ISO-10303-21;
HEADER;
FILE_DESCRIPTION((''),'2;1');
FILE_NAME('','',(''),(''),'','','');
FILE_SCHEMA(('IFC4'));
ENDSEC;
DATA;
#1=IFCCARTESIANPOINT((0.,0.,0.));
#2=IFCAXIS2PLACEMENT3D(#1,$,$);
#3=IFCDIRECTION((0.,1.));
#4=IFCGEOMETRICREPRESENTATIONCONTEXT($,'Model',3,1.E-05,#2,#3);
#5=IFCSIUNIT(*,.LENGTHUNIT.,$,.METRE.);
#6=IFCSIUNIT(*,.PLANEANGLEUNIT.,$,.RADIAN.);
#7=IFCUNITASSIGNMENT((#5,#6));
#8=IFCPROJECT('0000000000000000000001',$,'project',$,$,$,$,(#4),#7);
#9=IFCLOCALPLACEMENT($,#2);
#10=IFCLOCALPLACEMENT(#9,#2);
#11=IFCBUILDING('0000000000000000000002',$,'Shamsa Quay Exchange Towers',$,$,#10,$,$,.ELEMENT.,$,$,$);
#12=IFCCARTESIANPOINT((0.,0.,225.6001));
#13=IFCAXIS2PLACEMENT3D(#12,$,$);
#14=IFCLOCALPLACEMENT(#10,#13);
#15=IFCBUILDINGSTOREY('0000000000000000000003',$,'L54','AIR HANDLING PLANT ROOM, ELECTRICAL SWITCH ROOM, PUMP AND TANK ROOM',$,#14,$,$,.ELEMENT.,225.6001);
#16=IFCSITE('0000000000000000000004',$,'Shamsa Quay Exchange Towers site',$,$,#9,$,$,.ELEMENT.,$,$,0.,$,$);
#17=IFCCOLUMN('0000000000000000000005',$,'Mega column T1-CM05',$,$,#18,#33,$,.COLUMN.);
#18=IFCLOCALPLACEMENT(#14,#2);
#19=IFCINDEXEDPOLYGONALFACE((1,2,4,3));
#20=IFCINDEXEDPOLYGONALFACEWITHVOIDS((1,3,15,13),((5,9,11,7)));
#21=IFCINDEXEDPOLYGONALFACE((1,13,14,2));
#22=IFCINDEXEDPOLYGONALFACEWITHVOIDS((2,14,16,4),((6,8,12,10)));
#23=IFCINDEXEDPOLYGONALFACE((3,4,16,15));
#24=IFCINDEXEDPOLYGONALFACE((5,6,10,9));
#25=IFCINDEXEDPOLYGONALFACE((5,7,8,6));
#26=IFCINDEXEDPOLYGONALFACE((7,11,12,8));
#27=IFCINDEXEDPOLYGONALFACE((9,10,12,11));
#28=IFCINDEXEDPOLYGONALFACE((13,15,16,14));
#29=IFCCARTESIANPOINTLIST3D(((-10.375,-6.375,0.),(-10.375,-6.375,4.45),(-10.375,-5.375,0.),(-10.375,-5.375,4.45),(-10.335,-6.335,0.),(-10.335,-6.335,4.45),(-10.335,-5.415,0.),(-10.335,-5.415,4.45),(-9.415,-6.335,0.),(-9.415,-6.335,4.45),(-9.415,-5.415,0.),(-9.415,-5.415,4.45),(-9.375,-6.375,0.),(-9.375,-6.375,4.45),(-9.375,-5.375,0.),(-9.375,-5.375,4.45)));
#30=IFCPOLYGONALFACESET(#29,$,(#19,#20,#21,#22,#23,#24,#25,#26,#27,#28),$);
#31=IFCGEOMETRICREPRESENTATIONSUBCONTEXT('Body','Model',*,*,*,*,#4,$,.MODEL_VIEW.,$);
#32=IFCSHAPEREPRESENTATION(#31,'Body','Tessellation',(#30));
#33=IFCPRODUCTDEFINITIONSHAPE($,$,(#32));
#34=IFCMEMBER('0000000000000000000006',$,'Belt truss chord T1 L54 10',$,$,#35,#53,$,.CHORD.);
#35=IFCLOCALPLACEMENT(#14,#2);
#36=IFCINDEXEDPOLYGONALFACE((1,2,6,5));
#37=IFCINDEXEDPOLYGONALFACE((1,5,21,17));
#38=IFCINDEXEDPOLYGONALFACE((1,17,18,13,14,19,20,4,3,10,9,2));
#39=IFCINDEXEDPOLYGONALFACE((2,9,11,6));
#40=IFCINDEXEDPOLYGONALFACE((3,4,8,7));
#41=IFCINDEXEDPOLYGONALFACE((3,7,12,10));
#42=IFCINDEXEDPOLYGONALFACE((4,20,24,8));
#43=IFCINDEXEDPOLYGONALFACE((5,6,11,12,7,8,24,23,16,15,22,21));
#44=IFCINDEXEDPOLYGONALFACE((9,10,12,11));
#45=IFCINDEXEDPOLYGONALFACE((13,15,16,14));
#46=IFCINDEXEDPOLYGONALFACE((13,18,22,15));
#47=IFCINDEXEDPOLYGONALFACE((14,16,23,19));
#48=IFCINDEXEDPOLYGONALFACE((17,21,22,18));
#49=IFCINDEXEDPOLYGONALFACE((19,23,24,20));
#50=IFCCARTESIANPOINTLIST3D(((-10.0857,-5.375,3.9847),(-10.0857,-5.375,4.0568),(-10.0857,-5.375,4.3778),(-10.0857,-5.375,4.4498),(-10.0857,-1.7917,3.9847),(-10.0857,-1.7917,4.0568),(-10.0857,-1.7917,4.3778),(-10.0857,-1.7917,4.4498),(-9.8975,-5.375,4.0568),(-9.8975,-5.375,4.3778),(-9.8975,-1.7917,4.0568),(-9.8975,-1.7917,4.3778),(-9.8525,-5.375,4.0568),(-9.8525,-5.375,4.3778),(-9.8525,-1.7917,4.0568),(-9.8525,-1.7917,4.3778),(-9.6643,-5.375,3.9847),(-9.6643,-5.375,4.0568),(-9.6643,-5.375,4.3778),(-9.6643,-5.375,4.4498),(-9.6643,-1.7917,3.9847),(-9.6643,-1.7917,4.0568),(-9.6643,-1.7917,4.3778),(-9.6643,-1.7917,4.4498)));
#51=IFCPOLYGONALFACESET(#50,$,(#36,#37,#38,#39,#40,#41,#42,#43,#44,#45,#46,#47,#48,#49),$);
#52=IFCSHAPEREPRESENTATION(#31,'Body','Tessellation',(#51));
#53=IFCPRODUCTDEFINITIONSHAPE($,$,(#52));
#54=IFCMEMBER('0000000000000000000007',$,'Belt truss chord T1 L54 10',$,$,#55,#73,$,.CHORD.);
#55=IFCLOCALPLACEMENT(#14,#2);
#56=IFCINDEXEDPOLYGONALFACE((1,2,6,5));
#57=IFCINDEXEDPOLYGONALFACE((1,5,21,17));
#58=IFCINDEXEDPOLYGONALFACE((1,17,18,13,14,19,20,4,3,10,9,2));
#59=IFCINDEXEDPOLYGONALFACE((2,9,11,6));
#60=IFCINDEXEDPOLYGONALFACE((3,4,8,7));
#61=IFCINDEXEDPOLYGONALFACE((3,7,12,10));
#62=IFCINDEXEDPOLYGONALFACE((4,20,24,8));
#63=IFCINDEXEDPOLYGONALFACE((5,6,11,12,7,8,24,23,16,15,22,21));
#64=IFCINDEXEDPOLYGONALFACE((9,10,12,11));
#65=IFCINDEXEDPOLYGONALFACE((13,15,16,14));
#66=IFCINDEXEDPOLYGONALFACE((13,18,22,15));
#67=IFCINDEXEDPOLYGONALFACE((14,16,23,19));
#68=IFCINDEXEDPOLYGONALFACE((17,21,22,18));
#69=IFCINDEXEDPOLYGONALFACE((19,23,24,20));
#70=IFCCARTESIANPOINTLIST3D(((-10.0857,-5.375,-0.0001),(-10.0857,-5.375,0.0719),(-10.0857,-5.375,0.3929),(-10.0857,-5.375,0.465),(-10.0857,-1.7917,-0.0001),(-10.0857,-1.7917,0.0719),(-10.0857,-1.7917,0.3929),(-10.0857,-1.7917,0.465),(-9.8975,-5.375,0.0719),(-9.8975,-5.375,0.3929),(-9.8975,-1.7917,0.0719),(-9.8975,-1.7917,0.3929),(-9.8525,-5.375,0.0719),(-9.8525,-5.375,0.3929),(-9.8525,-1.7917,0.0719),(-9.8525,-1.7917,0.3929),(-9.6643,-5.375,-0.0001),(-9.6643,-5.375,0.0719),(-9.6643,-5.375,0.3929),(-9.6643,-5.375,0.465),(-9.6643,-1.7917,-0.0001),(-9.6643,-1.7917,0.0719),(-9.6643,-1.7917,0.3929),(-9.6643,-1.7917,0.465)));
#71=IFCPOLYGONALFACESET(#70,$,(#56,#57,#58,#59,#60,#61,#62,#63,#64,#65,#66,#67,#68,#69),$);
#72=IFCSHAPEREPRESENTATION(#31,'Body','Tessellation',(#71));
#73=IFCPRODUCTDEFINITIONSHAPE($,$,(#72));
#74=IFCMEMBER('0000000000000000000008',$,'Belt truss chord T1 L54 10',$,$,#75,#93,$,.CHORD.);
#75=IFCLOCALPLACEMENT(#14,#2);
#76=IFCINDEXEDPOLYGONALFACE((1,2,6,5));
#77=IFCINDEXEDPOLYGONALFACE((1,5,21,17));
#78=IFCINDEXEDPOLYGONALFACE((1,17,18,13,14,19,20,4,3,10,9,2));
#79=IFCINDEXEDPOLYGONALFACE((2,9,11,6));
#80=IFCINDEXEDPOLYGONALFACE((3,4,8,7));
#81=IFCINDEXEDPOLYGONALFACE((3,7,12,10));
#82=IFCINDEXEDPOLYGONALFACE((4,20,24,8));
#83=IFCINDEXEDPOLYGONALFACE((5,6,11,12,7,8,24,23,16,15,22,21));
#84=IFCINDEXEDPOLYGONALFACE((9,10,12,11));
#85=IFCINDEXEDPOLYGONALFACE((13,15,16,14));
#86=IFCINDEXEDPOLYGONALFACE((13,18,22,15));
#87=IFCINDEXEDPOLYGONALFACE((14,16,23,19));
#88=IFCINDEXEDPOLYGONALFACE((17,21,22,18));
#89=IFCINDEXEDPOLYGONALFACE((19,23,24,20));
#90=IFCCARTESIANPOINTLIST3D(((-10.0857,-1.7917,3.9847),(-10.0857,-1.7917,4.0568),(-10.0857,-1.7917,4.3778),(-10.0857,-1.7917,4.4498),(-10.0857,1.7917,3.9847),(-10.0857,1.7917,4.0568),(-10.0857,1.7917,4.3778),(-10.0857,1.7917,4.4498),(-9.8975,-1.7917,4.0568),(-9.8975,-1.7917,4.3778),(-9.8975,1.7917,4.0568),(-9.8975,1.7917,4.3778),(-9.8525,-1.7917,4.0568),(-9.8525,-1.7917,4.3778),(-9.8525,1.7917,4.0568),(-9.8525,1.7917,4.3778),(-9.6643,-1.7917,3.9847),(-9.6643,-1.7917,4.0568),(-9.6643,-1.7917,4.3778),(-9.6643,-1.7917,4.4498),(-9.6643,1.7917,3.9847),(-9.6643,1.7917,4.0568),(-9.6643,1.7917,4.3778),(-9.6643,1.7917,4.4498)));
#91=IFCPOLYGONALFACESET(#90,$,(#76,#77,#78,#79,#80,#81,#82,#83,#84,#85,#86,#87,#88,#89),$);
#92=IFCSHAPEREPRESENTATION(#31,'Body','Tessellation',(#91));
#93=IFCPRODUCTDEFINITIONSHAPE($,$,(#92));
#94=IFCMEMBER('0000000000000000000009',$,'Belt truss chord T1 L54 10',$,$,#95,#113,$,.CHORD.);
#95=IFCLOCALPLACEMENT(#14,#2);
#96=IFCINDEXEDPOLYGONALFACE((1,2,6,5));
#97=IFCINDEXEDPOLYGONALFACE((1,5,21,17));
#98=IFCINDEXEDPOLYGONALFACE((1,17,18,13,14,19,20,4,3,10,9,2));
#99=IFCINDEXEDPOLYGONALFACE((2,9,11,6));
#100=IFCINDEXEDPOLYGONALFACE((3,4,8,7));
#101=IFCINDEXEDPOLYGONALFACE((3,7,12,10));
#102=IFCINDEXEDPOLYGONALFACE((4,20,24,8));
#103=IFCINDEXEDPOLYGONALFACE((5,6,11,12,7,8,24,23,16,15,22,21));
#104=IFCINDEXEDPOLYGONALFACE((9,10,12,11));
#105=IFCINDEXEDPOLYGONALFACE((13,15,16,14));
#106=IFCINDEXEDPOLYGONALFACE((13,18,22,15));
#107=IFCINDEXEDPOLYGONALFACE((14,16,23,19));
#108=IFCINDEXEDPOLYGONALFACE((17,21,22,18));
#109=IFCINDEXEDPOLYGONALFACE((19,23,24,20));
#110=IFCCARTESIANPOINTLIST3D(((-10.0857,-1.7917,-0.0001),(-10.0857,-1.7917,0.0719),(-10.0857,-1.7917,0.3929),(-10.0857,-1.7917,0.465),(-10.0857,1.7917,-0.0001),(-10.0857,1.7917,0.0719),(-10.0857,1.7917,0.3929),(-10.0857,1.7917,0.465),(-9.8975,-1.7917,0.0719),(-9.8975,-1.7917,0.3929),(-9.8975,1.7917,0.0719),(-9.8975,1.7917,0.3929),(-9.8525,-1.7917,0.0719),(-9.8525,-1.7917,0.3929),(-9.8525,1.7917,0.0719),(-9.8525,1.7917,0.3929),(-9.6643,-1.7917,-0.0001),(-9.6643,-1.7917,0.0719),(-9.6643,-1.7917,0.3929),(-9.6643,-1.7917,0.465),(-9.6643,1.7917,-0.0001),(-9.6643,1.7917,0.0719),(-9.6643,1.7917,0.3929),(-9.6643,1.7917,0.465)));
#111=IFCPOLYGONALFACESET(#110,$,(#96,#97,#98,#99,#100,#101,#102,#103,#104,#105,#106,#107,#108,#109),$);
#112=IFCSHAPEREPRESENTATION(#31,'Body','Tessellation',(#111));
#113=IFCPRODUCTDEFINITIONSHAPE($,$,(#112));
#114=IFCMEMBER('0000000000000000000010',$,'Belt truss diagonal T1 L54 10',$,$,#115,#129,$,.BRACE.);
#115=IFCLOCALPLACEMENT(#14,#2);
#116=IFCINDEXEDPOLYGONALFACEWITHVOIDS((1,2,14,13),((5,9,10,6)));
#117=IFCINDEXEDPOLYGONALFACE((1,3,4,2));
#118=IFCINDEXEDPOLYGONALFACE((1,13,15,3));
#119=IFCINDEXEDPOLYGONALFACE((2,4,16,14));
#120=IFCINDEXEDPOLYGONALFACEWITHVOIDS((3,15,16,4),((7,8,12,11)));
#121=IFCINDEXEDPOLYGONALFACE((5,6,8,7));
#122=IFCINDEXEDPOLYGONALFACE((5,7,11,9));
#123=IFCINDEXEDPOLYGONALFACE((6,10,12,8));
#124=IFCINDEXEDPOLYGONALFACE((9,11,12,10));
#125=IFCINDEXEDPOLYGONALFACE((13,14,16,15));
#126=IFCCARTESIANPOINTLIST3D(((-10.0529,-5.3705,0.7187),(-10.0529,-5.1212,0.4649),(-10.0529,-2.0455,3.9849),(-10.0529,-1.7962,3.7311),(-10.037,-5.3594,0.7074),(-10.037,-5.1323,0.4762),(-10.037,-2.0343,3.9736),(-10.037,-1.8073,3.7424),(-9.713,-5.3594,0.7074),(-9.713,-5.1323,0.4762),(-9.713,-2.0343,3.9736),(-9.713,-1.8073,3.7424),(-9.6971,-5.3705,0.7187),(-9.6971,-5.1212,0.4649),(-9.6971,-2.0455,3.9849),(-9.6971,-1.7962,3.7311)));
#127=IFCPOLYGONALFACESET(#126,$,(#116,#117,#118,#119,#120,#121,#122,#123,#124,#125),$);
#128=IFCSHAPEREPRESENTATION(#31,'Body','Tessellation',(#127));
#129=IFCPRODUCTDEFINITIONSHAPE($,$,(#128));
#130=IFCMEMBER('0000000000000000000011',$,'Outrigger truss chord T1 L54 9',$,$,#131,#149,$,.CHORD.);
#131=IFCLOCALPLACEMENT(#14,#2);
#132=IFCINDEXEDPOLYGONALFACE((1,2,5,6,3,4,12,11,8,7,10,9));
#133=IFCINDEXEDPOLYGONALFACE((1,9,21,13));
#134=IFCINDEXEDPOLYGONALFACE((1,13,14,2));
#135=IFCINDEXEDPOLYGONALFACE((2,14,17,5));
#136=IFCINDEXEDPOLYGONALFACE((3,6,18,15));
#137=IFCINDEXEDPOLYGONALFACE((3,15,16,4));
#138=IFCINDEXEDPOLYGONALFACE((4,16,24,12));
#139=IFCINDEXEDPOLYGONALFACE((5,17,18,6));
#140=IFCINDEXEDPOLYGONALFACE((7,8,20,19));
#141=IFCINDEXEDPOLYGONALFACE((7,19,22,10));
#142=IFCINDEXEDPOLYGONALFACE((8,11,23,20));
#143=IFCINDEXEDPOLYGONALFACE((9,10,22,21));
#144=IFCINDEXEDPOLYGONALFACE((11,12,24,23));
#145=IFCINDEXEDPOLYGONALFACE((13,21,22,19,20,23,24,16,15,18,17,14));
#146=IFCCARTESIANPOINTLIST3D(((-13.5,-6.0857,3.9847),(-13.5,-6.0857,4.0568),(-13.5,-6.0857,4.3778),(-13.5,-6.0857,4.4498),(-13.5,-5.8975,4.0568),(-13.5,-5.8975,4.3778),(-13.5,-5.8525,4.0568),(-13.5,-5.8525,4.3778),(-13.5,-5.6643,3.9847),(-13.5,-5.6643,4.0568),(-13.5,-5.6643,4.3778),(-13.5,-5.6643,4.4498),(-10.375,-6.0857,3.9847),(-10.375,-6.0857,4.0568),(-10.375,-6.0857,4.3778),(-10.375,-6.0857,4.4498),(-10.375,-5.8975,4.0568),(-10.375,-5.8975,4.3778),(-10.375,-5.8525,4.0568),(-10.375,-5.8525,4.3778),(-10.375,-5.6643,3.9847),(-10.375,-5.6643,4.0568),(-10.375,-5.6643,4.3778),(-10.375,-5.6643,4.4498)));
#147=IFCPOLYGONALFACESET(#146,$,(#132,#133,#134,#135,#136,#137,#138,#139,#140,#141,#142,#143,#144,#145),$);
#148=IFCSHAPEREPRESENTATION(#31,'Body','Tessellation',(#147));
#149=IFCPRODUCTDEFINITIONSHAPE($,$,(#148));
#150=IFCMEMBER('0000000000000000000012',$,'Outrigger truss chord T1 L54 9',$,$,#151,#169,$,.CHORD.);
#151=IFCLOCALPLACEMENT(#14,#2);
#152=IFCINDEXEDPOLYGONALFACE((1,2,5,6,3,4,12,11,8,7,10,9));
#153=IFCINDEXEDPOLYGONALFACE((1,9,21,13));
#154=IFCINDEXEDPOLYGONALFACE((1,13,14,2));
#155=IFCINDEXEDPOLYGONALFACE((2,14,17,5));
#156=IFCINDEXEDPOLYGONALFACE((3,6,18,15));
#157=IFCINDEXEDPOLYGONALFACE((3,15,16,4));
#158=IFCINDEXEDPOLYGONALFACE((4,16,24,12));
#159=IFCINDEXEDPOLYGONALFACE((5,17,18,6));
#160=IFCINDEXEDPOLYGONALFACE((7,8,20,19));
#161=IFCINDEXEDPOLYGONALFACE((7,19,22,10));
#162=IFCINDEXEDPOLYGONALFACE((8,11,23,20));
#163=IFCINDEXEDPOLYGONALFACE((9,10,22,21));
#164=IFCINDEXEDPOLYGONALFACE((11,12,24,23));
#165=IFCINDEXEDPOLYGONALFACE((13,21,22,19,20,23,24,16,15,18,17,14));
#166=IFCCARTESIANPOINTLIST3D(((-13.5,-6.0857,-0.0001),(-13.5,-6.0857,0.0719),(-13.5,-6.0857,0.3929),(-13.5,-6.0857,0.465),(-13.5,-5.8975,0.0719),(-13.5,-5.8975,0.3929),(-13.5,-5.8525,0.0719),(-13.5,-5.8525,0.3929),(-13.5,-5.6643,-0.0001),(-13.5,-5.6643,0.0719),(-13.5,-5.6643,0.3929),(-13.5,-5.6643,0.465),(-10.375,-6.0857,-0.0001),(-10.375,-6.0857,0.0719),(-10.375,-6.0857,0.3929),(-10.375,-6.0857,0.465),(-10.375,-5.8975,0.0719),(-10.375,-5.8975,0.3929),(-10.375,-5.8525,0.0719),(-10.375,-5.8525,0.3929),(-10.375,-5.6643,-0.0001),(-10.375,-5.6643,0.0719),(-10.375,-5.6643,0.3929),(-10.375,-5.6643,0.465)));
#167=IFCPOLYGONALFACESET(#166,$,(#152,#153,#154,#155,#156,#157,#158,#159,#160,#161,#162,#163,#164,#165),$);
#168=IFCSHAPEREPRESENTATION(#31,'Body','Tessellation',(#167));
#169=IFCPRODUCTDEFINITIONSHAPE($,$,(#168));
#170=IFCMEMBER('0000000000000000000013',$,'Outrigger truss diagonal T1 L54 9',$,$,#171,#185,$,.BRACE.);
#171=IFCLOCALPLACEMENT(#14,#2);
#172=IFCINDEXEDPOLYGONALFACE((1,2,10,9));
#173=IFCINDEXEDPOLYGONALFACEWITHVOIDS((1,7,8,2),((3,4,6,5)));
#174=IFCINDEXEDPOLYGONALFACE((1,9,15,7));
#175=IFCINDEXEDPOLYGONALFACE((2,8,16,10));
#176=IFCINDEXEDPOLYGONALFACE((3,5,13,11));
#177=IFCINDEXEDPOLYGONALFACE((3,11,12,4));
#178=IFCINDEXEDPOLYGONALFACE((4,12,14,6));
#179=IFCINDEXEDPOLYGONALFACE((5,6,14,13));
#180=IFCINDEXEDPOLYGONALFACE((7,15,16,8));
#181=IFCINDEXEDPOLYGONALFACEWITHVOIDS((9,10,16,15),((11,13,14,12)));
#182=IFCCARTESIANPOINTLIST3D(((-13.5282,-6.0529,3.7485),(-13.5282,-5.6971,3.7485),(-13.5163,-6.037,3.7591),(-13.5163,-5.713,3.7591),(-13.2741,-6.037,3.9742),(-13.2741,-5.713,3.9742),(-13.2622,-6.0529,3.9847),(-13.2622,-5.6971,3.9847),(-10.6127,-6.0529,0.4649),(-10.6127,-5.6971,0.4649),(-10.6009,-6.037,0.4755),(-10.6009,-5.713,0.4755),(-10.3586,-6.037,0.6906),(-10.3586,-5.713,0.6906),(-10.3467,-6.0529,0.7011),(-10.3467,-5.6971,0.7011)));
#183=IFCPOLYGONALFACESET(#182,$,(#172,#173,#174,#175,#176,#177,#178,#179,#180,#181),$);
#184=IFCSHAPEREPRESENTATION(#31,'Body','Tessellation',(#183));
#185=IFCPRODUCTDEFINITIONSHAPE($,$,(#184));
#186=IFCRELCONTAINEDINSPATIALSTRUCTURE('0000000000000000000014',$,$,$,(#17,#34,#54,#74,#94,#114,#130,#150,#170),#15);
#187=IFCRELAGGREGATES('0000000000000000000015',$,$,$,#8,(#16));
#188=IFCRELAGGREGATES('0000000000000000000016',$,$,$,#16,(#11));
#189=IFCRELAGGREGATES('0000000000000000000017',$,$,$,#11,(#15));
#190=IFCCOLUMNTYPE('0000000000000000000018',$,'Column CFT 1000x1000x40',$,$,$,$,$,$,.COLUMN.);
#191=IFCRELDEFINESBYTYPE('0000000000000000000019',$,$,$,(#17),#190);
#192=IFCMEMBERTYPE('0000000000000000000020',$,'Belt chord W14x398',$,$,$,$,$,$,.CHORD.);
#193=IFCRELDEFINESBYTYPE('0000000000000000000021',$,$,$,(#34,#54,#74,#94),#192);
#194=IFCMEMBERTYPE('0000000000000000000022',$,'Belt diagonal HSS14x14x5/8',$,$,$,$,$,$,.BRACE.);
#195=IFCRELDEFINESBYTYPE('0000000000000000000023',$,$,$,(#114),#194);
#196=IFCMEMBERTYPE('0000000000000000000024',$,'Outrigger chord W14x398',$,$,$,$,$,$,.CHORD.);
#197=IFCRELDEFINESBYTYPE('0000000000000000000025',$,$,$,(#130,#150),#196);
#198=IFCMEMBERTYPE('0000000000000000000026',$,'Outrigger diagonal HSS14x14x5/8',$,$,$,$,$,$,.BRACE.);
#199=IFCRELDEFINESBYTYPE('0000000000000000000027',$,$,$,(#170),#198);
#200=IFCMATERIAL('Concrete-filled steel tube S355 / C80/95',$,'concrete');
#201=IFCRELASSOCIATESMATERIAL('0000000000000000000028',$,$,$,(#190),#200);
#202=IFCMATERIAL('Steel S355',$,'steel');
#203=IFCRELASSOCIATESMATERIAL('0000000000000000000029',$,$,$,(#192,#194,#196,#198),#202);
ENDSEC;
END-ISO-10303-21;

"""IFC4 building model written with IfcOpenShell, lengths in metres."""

from ifc_helpers import new_model, si_unit, direction, frame, origin, origin_2d, place, context, subcontext, project, spatial, hollow_rectangle, i_section, extrude, material, material_profile, profile_set, type_object, element, save


model = new_model("IFC4")

# Units and contexts
model_context = context("Model", 3, precision=1e-05, world=origin(), true_north=direction((0.0, 1.0)))
body_context = subcontext(model_context, "Body", "Model", "MODEL_VIEW")
ifc_project = project(units=[si_unit("LENGTHUNIT", "METRE"), si_unit("PLANEANGLEUNIT", "RADIAN")], contexts=[model_context])

# Site, building, storey
site_placement = place(None, origin())
site = spatial("IfcSite", under=ifc_project, at=site_placement, Name="Shamsa Quay Exchange Towers site", CompositionType="ELEMENT", RefElevation=0.0)
building_placement = place(site_placement, origin())
building = spatial("IfcBuilding", under=site, at=building_placement, Name="Shamsa Quay Exchange Towers", CompositionType="ELEMENT")
storey_placement = place(building_placement, frame((0.0, 0.0, 225.6001)))
storey = spatial("IfcBuildingStorey", under=building, at=storey_placement, Name="L54", Description="AIR HANDLING PLANT ROOM, ELECTRICAL SWITCH ROOM, PUMP AND TANK ROOM", CompositionType="ELEMENT", Elevation=225.6001)

# Column
ifc_material_1 = material(Name="Concrete-filled steel tube S355 / C80/95", Category="concrete")
ifc_material_profile_1 = material_profile(ifc_material_1, hollow_rectangle(XDim=1.0, YDim=1.0, WallThickness=0.04, at=origin_2d()), Name="CFT 1000x1000x40")
ifc_profile_set_1 = profile_set([ifc_material_profile_1], Name="Concrete-filled steel tube S355 / C80/95")
column_type = type_object("IfcColumnType", Name="Column CFT 1000x1000x40", PredefinedType="COLUMN", material=ifc_profile_set_1)
column_placement = place(storey_placement, frame((-9.875, -5.875, 0.0)))
element("IfcColumn", 1, at=column_placement, inside=storey, type_object=column_type, Name="Mega column T1-CM05", PredefinedType="COLUMN", context=body_context, shape_type="SweptSolid", body=[
    extrude(hollow_rectangle(XDim=1.0, YDim=1.0, WallThickness=0.04, at=origin_2d()), origin(), (0.0, 0.0, 1.0), 4.45),
])

# Members
ifc_material_2 = material(Name="Steel S355", Category="steel")
ifc_material_profile_2 = material_profile(ifc_material_2, i_section(OverallWidth=0.4214, OverallDepth=0.4651, WebThickness=0.0449, FlangeThickness=0.072, at=origin_2d()), Name="W14x398")
ifc_profile_set_2 = profile_set([ifc_material_profile_2], Name="Steel S355")
member_type_1 = type_object("IfcMemberType", Name="Belt chord W14x398", PredefinedType="CHORD", material=ifc_profile_set_2)
for number, where, z_axis, x_axis, name in (
    (2, (-9.875, -5.375, 4.2173), (0.0, 1.0, 0.0), (-1.0, 0.0, 0.0), "Belt truss chord T1 L54 10"),
    (3, (-9.875, -5.375, 0.2324), (0.0, 1.0, 0.0), (-1.0, 0.0, 0.0), "Belt truss chord T1 L54 10"),
):
    element("IfcMember", number, at=place(storey_placement, frame(where, z_axis=z_axis, x_axis=x_axis)), inside=storey, type_object=member_type_1, Name=name, PredefinedType="CHORD", context=body_context, shape_type="SweptSolid", body=[
        extrude(i_section(OverallWidth=0.4214, OverallDepth=0.4651, WebThickness=0.0449, FlangeThickness=0.072, at=origin_2d()), origin(), (0.0, 0.0, 1.0), 3.5833),
    ])
for number, where, z_axis, x_axis, name in (
    (4, (-9.875, -1.7917, 4.2173), (0.0, 1.0, 0.0), (-1.0, 0.0, 0.0), "Belt truss chord T1 L54 10"),
    (5, (-9.875, -1.7917, 0.2324), (0.0, 1.0, 0.0), (-1.0, 0.0, 0.0), "Belt truss chord T1 L54 10"),
):
    element("IfcMember", number, at=place(storey_placement, frame(where, z_axis=z_axis, x_axis=x_axis)), inside=storey, type_object=member_type_1, Name=name, PredefinedType="CHORD", context=body_context, shape_type="SweptSolid", body=[
        extrude(i_section(OverallWidth=0.4214, OverallDepth=0.4651, WebThickness=0.0449, FlangeThickness=0.072, at=origin_2d()), origin(), (0.0, 0.0, 1.0), 3.5835),
    ])
ifc_material_profile_3 = material_profile(ifc_material_2, hollow_rectangle(XDim=0.3557, YDim=0.3557, WallThickness=0.0159, at=origin_2d()), Name="HSS14x14x5/8")
ifc_profile_set_3 = profile_set([ifc_material_profile_3], Name="Steel S355")
member_type_2 = type_object("IfcMemberType", Name="Belt diagonal HSS14x14x5/8", PredefinedType="BRACE", material=ifc_profile_set_3)
member_1_placement = place(storey_placement, frame((-9.875, -5.2458, 0.5918), z_axis=(0.0, 0.713391, 0.700767), x_axis=(-1.0, 0.0, 0.0)))
element("IfcMember", 6, at=member_1_placement, inside=storey, type_object=member_type_2, Name="Belt truss diagonal T1 L54 10", PredefinedType="BRACE", context=body_context, shape_type="SweptSolid", body=[
    extrude(hollow_rectangle(XDim=0.3557, YDim=0.3557, WallThickness=0.0159, at=origin_2d()), origin(), (0.0, 0.0, 1.0), 4.6609),
])
ifc_material_profile_4 = material_profile(ifc_material_2, i_section(OverallWidth=0.4214, OverallDepth=0.4651, WebThickness=0.0449, FlangeThickness=0.072, at=origin_2d()), Name="W14x398")
ifc_profile_set_4 = profile_set([ifc_material_profile_4], Name="Steel S355")
member_type_3 = type_object("IfcMemberType", Name="Outrigger chord W14x398", PredefinedType="CHORD", material=ifc_profile_set_4)
for number, where, z_axis, x_axis, name in (
    (7, (-10.375, -5.875, 4.2173), (-1.0, 0.0, 0.0), (0.0, -1.0, 0.0), "Outrigger truss chord T1 L54 9"),
    (8, (-10.375, -5.875, 0.2324), (-1.0, 0.0, 0.0), (0.0, -1.0, 0.0), "Outrigger truss chord T1 L54 9"),
):
    element("IfcMember", number, at=place(storey_placement, frame(where, z_axis=z_axis, x_axis=x_axis)), inside=storey, type_object=member_type_3, Name=name, PredefinedType="CHORD", context=body_context, shape_type="SweptSolid", body=[
        extrude(i_section(OverallWidth=0.4214, OverallDepth=0.4651, WebThickness=0.0449, FlangeThickness=0.072, at=origin_2d()), origin(), (0.0, 0.0, 1.0), 3.125),
    ])
ifc_material_profile_5 = material_profile(ifc_material_2, hollow_rectangle(XDim=0.3557, YDim=0.3557, WallThickness=0.0159, at=origin_2d()), Name="HSS14x14x5/8")
ifc_profile_set_5 = profile_set([ifc_material_profile_5], Name="Steel S355")
member_type_4 = type_object("IfcMemberType", Name="Outrigger diagonal HSS14x14x5/8", PredefinedType="BRACE", material=ifc_profile_set_5)
member_2_placement = place(storey_placement, frame((-10.4797, -5.875, 0.583), z_axis=(-0.663943, 0.0, 0.747783), x_axis=(0.0, -1.0, 0.0)))
element("IfcMember", 9, at=member_2_placement, inside=storey, type_object=member_type_4, Name="Outrigger truss diagonal T1 L54 9", PredefinedType="BRACE", context=body_context, shape_type="SweptSolid", body=[
    extrude(hollow_rectangle(XDim=0.3557, YDim=0.3557, WallThickness=0.0159, at=origin_2d()), origin(), (0.0, 0.0, 1.0), 4.3911),
])

save(model, "model.ifc")
